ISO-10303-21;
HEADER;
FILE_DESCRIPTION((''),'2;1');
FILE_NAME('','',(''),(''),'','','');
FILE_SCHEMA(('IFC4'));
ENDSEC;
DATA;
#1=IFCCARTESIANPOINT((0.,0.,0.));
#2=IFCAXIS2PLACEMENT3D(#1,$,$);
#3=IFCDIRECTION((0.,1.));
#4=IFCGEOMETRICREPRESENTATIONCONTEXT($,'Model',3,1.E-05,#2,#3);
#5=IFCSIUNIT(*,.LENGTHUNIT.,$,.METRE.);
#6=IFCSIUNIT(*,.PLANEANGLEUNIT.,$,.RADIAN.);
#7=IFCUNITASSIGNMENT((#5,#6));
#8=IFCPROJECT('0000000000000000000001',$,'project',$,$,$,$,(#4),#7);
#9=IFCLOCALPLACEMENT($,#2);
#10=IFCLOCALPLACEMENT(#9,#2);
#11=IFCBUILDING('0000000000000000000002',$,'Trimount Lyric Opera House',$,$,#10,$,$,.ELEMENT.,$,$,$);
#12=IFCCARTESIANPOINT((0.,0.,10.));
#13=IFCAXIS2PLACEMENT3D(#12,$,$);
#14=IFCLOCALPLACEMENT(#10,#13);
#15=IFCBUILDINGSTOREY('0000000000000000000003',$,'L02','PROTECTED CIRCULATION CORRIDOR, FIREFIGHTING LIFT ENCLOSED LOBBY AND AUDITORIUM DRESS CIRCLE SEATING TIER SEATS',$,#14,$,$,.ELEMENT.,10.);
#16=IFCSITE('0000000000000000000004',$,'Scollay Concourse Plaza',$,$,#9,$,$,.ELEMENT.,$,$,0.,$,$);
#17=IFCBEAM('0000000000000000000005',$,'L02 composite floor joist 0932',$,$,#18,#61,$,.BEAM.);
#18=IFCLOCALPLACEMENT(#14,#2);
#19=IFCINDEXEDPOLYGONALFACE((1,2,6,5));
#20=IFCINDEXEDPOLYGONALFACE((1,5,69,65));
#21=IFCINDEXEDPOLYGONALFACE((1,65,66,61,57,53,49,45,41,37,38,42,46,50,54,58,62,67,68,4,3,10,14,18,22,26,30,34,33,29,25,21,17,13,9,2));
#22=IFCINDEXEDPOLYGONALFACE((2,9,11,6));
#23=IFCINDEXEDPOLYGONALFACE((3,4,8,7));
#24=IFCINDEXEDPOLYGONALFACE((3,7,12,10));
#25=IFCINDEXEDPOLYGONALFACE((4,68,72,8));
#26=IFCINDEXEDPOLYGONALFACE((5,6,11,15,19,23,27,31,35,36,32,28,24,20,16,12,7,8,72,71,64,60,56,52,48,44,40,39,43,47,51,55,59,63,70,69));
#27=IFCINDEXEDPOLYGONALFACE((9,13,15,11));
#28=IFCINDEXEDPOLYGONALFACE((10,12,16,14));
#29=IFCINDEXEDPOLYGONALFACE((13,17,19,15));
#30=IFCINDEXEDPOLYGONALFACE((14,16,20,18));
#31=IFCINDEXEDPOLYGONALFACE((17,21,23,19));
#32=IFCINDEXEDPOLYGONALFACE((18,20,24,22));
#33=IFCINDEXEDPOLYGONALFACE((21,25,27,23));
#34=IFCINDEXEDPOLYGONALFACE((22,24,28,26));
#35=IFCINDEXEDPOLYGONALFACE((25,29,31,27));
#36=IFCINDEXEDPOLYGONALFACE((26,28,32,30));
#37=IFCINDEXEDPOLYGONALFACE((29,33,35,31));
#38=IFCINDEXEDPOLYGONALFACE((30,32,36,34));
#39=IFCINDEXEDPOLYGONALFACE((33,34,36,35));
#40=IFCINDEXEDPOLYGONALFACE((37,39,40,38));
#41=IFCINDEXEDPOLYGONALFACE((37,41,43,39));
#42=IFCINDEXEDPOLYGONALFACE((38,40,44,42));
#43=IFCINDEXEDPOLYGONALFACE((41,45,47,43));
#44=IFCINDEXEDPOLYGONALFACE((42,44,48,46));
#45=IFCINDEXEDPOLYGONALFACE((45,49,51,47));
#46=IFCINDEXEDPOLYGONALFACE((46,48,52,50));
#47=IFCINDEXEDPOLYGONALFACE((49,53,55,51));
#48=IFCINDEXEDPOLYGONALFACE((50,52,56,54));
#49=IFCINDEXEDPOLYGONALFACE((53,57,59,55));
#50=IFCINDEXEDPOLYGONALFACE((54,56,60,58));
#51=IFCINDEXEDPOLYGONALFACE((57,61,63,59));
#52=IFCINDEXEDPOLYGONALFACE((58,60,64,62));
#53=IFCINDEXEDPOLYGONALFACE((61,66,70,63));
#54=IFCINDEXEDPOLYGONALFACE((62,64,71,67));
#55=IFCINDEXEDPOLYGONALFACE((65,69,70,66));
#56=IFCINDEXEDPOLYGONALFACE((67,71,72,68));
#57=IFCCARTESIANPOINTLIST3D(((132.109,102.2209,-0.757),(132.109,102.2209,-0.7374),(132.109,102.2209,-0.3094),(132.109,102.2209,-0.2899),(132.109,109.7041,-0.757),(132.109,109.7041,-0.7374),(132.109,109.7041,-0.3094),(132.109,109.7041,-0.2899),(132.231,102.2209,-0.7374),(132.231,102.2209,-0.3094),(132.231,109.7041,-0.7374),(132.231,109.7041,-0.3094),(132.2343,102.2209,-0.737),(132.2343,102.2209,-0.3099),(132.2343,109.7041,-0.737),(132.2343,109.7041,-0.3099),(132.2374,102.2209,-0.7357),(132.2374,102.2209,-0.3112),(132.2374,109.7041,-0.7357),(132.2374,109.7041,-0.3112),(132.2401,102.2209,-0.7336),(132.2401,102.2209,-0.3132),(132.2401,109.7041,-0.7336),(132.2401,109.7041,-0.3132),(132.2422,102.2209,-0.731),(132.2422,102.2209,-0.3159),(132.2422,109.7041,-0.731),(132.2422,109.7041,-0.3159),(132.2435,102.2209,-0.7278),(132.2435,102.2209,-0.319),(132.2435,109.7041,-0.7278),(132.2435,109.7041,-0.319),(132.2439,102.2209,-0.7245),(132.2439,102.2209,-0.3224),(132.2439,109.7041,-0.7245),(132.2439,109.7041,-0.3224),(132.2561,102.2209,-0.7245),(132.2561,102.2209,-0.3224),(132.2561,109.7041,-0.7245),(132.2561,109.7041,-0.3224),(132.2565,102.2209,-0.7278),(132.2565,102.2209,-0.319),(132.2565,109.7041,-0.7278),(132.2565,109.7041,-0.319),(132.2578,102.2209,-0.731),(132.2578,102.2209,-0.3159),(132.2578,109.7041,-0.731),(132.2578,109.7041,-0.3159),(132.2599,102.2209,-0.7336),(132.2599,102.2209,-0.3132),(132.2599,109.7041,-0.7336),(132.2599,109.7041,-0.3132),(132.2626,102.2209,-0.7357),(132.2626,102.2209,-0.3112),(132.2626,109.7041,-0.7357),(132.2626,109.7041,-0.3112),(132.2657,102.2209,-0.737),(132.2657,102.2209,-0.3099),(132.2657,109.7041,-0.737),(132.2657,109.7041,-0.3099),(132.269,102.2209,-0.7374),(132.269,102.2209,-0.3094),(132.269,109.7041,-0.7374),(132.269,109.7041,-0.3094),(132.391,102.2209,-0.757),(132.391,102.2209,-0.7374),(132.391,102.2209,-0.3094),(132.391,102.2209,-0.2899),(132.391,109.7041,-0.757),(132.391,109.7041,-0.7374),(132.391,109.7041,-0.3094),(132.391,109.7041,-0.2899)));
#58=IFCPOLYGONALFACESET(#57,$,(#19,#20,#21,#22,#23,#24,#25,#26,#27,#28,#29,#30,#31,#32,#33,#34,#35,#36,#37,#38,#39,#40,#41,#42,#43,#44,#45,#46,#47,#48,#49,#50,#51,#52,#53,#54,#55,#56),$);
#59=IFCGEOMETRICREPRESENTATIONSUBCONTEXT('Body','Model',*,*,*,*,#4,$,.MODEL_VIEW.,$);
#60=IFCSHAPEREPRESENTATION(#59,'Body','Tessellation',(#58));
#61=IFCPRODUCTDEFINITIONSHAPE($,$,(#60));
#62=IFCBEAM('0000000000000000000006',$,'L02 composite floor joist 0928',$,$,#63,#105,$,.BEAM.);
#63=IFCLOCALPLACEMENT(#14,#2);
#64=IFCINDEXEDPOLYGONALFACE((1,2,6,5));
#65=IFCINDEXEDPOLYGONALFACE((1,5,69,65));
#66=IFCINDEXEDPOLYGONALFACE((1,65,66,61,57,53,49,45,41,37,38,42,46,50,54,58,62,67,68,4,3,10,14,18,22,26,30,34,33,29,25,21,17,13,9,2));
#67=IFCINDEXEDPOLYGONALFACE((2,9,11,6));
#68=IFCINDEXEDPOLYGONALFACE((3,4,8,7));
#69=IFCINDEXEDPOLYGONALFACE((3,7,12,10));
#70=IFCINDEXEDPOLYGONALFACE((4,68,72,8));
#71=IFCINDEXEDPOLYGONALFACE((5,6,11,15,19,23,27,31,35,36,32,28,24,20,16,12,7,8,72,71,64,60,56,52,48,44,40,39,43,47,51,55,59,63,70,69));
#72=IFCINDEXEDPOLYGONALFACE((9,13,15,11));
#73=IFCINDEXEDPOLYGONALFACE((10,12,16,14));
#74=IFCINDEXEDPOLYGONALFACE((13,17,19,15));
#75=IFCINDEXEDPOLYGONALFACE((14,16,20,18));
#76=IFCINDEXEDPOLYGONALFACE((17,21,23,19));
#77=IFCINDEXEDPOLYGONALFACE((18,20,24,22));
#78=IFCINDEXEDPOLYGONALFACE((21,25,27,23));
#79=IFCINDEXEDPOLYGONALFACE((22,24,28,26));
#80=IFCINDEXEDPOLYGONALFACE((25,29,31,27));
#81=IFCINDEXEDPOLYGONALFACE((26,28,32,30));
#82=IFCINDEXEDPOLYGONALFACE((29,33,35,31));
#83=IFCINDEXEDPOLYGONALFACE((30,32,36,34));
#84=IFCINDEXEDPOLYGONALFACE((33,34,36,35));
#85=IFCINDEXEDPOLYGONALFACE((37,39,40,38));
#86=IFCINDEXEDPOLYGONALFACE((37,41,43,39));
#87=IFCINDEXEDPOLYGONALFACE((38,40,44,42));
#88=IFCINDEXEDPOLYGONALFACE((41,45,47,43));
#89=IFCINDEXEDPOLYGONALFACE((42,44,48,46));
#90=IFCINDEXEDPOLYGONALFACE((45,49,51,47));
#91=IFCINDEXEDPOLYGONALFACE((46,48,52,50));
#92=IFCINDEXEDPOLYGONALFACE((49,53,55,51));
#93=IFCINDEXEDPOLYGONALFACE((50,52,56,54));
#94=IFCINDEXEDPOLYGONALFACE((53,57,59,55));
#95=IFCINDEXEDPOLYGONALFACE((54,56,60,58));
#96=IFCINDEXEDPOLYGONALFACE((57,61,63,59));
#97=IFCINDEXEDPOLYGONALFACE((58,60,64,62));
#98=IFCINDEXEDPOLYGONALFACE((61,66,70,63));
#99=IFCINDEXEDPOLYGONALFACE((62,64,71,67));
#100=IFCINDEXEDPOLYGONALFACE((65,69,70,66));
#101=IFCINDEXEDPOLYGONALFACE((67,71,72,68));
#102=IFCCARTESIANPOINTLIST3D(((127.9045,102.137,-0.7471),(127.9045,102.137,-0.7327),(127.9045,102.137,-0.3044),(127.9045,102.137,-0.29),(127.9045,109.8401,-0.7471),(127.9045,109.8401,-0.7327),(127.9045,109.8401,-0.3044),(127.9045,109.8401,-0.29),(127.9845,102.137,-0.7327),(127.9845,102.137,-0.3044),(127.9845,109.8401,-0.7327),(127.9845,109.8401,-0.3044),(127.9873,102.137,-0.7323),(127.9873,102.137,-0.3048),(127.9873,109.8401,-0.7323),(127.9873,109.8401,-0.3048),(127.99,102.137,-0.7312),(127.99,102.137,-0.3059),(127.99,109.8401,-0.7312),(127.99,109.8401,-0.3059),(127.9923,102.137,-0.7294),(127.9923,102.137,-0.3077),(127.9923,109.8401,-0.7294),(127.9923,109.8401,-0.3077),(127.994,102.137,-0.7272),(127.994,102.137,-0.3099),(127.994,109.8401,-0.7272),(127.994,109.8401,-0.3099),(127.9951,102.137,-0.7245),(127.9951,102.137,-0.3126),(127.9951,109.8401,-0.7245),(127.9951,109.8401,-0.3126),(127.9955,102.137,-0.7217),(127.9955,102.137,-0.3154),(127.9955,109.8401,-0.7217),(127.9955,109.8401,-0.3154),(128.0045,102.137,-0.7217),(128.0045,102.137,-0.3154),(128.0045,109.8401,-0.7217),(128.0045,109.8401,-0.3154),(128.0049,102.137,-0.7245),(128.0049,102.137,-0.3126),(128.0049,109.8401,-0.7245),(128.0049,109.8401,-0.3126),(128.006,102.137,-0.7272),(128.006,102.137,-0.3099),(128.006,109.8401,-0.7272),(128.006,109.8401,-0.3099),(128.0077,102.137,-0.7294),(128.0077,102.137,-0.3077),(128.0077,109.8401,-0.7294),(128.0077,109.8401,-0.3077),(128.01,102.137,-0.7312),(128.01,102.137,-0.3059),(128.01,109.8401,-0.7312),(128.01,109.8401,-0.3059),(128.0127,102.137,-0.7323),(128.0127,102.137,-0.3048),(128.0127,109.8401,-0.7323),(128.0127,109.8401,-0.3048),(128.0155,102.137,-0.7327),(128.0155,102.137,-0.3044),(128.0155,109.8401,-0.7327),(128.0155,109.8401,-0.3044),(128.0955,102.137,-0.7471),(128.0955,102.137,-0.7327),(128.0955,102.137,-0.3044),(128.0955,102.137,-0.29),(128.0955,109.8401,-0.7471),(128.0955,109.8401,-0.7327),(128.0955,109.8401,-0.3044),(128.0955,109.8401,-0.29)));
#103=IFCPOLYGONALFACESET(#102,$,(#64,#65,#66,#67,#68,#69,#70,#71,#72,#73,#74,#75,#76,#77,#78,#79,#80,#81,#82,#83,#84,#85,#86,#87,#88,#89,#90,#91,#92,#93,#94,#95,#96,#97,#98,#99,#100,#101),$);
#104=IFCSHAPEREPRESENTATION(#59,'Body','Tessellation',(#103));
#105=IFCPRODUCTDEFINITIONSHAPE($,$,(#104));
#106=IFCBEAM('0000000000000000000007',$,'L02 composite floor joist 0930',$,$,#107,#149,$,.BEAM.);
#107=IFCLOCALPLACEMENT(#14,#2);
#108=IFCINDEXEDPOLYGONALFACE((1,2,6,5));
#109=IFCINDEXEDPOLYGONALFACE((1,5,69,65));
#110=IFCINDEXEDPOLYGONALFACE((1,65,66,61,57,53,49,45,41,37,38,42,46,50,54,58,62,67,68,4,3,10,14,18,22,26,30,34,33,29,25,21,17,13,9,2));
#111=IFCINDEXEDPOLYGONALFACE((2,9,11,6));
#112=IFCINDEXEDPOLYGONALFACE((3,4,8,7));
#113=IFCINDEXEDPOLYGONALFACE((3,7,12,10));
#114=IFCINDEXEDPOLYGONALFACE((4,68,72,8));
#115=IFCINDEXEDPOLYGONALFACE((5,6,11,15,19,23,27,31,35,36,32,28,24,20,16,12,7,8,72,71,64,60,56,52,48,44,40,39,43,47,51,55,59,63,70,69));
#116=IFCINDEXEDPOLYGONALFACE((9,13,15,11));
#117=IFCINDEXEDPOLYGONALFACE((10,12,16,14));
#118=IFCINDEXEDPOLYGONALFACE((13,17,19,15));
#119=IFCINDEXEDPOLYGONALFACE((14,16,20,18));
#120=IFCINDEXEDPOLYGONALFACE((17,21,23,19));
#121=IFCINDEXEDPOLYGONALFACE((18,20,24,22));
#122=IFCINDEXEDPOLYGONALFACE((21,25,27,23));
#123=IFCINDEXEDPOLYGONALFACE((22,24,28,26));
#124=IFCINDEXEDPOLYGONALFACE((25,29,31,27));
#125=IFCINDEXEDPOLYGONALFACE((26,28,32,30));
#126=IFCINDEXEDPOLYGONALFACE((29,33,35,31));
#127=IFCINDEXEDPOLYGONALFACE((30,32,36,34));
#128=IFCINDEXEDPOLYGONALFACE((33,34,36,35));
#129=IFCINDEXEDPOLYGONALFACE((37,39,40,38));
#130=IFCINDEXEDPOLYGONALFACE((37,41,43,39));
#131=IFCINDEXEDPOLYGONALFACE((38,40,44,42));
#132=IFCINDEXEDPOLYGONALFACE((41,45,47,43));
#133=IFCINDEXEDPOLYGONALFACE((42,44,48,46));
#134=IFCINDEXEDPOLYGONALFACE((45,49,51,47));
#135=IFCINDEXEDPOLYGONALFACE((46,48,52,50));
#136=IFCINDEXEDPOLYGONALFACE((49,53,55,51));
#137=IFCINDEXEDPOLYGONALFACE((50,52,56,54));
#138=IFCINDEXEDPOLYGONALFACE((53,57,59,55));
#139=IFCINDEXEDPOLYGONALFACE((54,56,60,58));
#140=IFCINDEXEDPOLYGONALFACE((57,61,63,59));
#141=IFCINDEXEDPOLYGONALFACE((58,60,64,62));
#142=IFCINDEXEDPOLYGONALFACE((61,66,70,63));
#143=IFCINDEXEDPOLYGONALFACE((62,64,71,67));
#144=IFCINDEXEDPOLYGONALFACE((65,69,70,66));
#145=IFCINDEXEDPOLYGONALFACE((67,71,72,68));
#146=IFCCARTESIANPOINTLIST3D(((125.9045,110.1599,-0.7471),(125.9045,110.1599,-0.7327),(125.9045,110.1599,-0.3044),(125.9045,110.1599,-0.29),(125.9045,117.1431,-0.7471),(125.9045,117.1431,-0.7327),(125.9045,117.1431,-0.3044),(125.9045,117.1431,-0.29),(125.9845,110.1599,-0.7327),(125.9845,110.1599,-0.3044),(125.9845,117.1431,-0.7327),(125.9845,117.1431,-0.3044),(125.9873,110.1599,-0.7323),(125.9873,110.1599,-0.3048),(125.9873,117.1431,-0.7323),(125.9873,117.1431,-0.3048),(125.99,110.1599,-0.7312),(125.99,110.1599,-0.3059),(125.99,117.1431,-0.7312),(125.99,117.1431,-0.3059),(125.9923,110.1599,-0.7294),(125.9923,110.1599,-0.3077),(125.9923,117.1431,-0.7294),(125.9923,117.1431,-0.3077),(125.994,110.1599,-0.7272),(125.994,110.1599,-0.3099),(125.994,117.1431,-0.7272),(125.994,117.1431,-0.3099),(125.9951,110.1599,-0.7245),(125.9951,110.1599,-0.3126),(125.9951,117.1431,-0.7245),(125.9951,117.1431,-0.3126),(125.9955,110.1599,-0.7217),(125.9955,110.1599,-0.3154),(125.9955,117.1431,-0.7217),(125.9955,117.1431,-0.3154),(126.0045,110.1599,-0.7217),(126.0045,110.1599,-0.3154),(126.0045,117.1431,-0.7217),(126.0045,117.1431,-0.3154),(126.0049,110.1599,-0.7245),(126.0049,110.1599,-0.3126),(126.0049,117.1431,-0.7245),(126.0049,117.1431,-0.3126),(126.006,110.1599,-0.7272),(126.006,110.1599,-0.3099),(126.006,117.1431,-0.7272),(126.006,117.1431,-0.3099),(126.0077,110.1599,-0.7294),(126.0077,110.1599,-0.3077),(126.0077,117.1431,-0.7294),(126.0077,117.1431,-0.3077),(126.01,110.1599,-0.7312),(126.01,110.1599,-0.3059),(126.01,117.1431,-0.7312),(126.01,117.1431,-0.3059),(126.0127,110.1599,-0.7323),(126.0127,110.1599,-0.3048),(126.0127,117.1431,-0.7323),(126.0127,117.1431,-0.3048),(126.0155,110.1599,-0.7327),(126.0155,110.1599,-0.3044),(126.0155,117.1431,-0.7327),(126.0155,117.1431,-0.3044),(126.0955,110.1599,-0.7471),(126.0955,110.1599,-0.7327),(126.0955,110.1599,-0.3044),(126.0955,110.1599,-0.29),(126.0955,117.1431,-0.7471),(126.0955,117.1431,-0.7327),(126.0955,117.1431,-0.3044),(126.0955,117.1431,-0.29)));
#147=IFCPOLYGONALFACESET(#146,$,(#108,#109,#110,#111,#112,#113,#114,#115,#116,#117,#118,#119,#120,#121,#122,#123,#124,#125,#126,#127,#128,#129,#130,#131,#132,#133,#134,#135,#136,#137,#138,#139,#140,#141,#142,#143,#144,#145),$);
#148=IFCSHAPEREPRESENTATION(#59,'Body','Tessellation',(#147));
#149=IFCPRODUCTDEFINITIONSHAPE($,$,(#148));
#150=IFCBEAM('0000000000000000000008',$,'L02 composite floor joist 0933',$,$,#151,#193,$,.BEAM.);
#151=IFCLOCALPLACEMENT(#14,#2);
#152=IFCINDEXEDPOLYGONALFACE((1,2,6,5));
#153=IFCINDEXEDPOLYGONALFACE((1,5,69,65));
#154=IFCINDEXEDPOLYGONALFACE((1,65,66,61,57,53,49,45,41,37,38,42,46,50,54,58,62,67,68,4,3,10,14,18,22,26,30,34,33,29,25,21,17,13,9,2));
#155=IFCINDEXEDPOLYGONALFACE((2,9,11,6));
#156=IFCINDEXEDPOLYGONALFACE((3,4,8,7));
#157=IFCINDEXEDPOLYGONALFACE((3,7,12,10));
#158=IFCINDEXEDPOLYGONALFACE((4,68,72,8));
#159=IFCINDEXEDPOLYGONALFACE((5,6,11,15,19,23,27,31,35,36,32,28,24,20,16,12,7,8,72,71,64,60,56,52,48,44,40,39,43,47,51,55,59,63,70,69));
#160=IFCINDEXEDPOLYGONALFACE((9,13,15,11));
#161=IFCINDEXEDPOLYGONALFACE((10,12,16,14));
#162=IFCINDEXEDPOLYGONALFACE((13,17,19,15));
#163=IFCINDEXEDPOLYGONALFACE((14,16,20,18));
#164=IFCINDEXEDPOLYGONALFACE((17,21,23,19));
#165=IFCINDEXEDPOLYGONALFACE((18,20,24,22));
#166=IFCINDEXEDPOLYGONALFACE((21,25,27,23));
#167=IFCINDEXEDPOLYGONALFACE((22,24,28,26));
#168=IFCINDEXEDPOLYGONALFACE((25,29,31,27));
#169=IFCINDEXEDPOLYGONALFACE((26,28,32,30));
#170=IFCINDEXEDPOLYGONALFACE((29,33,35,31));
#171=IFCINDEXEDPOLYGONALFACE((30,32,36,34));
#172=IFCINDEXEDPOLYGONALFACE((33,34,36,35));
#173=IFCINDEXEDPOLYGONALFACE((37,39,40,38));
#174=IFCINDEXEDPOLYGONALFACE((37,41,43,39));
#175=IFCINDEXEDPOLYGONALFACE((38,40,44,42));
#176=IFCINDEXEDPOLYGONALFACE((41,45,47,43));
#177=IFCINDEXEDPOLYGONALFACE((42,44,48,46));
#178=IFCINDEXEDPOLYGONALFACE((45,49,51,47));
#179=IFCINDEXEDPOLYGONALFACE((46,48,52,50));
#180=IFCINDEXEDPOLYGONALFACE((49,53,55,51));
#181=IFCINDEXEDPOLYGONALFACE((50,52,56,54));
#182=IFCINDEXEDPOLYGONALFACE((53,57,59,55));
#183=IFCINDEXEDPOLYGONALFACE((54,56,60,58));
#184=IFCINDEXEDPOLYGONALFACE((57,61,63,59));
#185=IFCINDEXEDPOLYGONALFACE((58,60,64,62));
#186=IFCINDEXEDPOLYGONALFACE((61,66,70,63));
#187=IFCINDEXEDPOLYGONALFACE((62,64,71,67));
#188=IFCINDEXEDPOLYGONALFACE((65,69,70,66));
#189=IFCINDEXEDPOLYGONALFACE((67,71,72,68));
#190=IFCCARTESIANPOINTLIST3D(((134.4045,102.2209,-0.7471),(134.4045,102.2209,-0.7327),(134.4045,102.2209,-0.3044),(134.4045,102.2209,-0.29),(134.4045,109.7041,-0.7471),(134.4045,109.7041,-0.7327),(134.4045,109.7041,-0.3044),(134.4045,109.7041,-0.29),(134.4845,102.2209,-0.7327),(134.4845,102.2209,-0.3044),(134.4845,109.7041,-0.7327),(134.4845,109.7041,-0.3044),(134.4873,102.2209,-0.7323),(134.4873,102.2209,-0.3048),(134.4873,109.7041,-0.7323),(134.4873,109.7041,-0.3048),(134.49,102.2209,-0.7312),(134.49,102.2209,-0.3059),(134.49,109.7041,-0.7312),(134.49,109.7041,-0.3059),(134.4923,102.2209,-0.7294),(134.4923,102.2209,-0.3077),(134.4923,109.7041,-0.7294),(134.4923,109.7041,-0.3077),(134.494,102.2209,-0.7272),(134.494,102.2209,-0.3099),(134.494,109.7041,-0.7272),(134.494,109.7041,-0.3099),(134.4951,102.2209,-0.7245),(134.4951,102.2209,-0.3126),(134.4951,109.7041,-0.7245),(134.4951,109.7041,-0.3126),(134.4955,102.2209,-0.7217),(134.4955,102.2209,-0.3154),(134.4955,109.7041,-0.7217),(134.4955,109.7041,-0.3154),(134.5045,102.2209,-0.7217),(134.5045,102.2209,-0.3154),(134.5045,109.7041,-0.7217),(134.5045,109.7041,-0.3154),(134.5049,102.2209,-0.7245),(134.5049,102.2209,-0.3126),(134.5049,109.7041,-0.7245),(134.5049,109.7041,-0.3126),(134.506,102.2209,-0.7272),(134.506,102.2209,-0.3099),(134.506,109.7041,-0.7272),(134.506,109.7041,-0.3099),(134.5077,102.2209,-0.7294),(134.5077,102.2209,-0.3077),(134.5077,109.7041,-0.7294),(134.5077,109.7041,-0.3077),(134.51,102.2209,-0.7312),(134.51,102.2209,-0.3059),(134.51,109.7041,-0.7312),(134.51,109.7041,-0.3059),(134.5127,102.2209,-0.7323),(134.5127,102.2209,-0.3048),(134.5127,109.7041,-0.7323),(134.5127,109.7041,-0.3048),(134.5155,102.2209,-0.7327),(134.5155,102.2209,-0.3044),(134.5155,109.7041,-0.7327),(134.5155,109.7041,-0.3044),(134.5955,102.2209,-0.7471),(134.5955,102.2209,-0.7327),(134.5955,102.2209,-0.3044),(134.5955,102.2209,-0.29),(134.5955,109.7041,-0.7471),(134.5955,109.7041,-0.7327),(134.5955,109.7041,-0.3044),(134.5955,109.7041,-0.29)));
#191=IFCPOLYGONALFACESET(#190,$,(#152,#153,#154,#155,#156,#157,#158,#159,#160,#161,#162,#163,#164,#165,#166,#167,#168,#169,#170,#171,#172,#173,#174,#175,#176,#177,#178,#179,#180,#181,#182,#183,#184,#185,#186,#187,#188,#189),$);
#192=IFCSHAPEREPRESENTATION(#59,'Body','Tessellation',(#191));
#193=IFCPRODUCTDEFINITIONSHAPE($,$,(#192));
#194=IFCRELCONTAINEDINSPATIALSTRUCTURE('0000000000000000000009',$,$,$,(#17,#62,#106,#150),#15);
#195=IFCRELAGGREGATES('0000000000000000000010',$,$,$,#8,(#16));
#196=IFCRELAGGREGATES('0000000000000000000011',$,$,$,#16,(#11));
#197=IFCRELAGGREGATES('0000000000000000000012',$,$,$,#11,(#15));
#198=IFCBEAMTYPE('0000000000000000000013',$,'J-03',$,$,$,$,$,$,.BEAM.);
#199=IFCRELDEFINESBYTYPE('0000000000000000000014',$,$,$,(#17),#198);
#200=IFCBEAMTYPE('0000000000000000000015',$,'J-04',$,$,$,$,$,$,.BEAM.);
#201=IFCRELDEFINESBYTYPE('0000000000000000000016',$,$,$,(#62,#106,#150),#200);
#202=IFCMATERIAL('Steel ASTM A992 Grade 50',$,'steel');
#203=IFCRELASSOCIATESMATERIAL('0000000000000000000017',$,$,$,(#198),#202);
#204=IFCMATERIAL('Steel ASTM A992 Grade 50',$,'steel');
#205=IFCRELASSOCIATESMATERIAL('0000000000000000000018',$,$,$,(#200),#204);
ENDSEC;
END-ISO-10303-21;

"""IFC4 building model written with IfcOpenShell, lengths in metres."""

from ifc_helpers import new_model, si_unit, direction, frame, origin, origin_2d, place, context, subcontext, project, spatial, i_section, extrude, material, material_profile, profile_set, type_object, element, save


model = new_model("IFC4")

# Units and contexts
model_context = context("Model", 3, precision=1e-05, world=origin(), true_north=direction((0.0, 1.0)))
body_context = subcontext(model_context, "Body", "Model", "MODEL_VIEW")
ifc_project = project(units=[si_unit("LENGTHUNIT", "METRE"), si_unit("PLANEANGLEUNIT", "RADIAN")], contexts=[model_context])

# Site, building, storey
site_placement = place(None, origin())
site = spatial("IfcSite", under=ifc_project, at=site_placement, Name="Scollay Concourse Plaza", CompositionType="ELEMENT", RefElevation=0.0)
building_placement = place(site_placement, origin())
building = spatial("IfcBuilding", under=site, at=building_placement, Name="Trimount Lyric Opera House", CompositionType="ELEMENT")
storey_placement = place(building_placement, frame((0.0, 0.0, 10.0)))
storey = spatial("IfcBuildingStorey", under=building, at=storey_placement, Name="L02", Description="PROTECTED CIRCULATION CORRIDOR, FIREFIGHTING LIFT ENCLOSED LOBBY AND AUDITORIUM DRESS CIRCLE SEATING TIER SEATS", CompositionType="ELEMENT", Elevation=10.0)

# Beams
ifc_material_1 = material(Name="Steel ASTM A992 Grade 50", Category="steel")
ifc_material_profile_1 = material_profile(ifc_material_1, i_section(OverallWidth=0.282, OverallDepth=0.467, WebThickness=0.0122, FlangeThickness=0.0195, FilletRadius=0.0129, at=origin_2d()), Name="W18X86")
ifc_profile_set_1 = profile_set([ifc_material_profile_1], Name="Steel ASTM A992 Grade 50")
beam_type_1 = type_object("IfcBeamType", Name="J-03", PredefinedType="BEAM", material=ifc_profile_set_1)
beam_1_placement = place(storey_placement, frame((132.25, 102.2209, -0.5234), z_axis=(0.0, 1.0, 0.0), x_axis=(-1.0, 0.0, 0.0)))
element("IfcBeam", 1, at=beam_1_placement, inside=storey, type_object=beam_type_1, Name="L02 composite floor joist 0932", PredefinedType="BEAM", context=body_context, shape_type="SweptSolid", body=[
    extrude(i_section(OverallWidth=0.282, OverallDepth=0.467, WebThickness=0.0122, FlangeThickness=0.0195, FilletRadius=0.0129, at=origin_2d()), origin(), (0.0, 0.0, 1.0), 7.4832),
])
ifc_material_2 = material(Name="Steel ASTM A992 Grade 50", Category="steel")
ifc_material_profile_2 = material_profile(ifc_material_2, i_section(OverallWidth=0.1909, OverallDepth=0.457, WebThickness=0.009, FlangeThickness=0.0144, FilletRadius=0.011, at=origin_2d()), Name="W18X50")
ifc_profile_set_2 = profile_set([ifc_material_profile_2], Name="Steel ASTM A992 Grade 50")
beam_type_2 = type_object("IfcBeamType", Name="J-04", PredefinedType="BEAM", material=ifc_profile_set_2)
beam_2_placement = place(storey_placement, frame((128.0, 102.137, -0.5186), z_axis=(0.0, 1.0, 0.0), x_axis=(-1.0, 0.0, 0.0)))
element("IfcBeam", 2, at=beam_2_placement, inside=storey, type_object=beam_type_2, Name="L02 composite floor joist 0928", PredefinedType="BEAM", context=body_context, shape_type="SweptSolid", body=[
    extrude(i_section(OverallWidth=0.1909, OverallDepth=0.457, WebThickness=0.009, FlangeThickness=0.0144, FilletRadius=0.011, at=origin_2d()), origin(), (0.0, 0.0, 1.0), 7.7031),
])
beam_3_placement = place(storey_placement, frame((126.0, 110.1599, -0.5186), z_axis=(0.0, 1.0, 0.0), x_axis=(-1.0, 0.0, 0.0)))
element("IfcBeam", 3, at=beam_3_placement, inside=storey, type_object=beam_type_2, Name="L02 composite floor joist 0930", PredefinedType="BEAM", context=body_context, shape_type="SweptSolid", body=[
    extrude(i_section(OverallWidth=0.1909, OverallDepth=0.457, WebThickness=0.009, FlangeThickness=0.0144, FilletRadius=0.011, at=origin_2d()), origin(), (0.0, 0.0, 1.0), 6.9832),
])
beam_4_placement = place(storey_placement, frame((134.5, 102.2209, -0.5186), z_axis=(0.0, 1.0, 0.0), x_axis=(-1.0, 0.0, 0.0)))
element("IfcBeam", 4, at=beam_4_placement, inside=storey, type_object=beam_type_2, Name="L02 composite floor joist 0933", PredefinedType="BEAM", context=body_context, shape_type="SweptSolid", body=[
    extrude(i_section(OverallWidth=0.1909, OverallDepth=0.457, WebThickness=0.009, FlangeThickness=0.0144, FilletRadius=0.011, at=origin_2d()), origin(), (0.0, 0.0, 1.0), 7.4832),
])

save(model, "model.ifc")
